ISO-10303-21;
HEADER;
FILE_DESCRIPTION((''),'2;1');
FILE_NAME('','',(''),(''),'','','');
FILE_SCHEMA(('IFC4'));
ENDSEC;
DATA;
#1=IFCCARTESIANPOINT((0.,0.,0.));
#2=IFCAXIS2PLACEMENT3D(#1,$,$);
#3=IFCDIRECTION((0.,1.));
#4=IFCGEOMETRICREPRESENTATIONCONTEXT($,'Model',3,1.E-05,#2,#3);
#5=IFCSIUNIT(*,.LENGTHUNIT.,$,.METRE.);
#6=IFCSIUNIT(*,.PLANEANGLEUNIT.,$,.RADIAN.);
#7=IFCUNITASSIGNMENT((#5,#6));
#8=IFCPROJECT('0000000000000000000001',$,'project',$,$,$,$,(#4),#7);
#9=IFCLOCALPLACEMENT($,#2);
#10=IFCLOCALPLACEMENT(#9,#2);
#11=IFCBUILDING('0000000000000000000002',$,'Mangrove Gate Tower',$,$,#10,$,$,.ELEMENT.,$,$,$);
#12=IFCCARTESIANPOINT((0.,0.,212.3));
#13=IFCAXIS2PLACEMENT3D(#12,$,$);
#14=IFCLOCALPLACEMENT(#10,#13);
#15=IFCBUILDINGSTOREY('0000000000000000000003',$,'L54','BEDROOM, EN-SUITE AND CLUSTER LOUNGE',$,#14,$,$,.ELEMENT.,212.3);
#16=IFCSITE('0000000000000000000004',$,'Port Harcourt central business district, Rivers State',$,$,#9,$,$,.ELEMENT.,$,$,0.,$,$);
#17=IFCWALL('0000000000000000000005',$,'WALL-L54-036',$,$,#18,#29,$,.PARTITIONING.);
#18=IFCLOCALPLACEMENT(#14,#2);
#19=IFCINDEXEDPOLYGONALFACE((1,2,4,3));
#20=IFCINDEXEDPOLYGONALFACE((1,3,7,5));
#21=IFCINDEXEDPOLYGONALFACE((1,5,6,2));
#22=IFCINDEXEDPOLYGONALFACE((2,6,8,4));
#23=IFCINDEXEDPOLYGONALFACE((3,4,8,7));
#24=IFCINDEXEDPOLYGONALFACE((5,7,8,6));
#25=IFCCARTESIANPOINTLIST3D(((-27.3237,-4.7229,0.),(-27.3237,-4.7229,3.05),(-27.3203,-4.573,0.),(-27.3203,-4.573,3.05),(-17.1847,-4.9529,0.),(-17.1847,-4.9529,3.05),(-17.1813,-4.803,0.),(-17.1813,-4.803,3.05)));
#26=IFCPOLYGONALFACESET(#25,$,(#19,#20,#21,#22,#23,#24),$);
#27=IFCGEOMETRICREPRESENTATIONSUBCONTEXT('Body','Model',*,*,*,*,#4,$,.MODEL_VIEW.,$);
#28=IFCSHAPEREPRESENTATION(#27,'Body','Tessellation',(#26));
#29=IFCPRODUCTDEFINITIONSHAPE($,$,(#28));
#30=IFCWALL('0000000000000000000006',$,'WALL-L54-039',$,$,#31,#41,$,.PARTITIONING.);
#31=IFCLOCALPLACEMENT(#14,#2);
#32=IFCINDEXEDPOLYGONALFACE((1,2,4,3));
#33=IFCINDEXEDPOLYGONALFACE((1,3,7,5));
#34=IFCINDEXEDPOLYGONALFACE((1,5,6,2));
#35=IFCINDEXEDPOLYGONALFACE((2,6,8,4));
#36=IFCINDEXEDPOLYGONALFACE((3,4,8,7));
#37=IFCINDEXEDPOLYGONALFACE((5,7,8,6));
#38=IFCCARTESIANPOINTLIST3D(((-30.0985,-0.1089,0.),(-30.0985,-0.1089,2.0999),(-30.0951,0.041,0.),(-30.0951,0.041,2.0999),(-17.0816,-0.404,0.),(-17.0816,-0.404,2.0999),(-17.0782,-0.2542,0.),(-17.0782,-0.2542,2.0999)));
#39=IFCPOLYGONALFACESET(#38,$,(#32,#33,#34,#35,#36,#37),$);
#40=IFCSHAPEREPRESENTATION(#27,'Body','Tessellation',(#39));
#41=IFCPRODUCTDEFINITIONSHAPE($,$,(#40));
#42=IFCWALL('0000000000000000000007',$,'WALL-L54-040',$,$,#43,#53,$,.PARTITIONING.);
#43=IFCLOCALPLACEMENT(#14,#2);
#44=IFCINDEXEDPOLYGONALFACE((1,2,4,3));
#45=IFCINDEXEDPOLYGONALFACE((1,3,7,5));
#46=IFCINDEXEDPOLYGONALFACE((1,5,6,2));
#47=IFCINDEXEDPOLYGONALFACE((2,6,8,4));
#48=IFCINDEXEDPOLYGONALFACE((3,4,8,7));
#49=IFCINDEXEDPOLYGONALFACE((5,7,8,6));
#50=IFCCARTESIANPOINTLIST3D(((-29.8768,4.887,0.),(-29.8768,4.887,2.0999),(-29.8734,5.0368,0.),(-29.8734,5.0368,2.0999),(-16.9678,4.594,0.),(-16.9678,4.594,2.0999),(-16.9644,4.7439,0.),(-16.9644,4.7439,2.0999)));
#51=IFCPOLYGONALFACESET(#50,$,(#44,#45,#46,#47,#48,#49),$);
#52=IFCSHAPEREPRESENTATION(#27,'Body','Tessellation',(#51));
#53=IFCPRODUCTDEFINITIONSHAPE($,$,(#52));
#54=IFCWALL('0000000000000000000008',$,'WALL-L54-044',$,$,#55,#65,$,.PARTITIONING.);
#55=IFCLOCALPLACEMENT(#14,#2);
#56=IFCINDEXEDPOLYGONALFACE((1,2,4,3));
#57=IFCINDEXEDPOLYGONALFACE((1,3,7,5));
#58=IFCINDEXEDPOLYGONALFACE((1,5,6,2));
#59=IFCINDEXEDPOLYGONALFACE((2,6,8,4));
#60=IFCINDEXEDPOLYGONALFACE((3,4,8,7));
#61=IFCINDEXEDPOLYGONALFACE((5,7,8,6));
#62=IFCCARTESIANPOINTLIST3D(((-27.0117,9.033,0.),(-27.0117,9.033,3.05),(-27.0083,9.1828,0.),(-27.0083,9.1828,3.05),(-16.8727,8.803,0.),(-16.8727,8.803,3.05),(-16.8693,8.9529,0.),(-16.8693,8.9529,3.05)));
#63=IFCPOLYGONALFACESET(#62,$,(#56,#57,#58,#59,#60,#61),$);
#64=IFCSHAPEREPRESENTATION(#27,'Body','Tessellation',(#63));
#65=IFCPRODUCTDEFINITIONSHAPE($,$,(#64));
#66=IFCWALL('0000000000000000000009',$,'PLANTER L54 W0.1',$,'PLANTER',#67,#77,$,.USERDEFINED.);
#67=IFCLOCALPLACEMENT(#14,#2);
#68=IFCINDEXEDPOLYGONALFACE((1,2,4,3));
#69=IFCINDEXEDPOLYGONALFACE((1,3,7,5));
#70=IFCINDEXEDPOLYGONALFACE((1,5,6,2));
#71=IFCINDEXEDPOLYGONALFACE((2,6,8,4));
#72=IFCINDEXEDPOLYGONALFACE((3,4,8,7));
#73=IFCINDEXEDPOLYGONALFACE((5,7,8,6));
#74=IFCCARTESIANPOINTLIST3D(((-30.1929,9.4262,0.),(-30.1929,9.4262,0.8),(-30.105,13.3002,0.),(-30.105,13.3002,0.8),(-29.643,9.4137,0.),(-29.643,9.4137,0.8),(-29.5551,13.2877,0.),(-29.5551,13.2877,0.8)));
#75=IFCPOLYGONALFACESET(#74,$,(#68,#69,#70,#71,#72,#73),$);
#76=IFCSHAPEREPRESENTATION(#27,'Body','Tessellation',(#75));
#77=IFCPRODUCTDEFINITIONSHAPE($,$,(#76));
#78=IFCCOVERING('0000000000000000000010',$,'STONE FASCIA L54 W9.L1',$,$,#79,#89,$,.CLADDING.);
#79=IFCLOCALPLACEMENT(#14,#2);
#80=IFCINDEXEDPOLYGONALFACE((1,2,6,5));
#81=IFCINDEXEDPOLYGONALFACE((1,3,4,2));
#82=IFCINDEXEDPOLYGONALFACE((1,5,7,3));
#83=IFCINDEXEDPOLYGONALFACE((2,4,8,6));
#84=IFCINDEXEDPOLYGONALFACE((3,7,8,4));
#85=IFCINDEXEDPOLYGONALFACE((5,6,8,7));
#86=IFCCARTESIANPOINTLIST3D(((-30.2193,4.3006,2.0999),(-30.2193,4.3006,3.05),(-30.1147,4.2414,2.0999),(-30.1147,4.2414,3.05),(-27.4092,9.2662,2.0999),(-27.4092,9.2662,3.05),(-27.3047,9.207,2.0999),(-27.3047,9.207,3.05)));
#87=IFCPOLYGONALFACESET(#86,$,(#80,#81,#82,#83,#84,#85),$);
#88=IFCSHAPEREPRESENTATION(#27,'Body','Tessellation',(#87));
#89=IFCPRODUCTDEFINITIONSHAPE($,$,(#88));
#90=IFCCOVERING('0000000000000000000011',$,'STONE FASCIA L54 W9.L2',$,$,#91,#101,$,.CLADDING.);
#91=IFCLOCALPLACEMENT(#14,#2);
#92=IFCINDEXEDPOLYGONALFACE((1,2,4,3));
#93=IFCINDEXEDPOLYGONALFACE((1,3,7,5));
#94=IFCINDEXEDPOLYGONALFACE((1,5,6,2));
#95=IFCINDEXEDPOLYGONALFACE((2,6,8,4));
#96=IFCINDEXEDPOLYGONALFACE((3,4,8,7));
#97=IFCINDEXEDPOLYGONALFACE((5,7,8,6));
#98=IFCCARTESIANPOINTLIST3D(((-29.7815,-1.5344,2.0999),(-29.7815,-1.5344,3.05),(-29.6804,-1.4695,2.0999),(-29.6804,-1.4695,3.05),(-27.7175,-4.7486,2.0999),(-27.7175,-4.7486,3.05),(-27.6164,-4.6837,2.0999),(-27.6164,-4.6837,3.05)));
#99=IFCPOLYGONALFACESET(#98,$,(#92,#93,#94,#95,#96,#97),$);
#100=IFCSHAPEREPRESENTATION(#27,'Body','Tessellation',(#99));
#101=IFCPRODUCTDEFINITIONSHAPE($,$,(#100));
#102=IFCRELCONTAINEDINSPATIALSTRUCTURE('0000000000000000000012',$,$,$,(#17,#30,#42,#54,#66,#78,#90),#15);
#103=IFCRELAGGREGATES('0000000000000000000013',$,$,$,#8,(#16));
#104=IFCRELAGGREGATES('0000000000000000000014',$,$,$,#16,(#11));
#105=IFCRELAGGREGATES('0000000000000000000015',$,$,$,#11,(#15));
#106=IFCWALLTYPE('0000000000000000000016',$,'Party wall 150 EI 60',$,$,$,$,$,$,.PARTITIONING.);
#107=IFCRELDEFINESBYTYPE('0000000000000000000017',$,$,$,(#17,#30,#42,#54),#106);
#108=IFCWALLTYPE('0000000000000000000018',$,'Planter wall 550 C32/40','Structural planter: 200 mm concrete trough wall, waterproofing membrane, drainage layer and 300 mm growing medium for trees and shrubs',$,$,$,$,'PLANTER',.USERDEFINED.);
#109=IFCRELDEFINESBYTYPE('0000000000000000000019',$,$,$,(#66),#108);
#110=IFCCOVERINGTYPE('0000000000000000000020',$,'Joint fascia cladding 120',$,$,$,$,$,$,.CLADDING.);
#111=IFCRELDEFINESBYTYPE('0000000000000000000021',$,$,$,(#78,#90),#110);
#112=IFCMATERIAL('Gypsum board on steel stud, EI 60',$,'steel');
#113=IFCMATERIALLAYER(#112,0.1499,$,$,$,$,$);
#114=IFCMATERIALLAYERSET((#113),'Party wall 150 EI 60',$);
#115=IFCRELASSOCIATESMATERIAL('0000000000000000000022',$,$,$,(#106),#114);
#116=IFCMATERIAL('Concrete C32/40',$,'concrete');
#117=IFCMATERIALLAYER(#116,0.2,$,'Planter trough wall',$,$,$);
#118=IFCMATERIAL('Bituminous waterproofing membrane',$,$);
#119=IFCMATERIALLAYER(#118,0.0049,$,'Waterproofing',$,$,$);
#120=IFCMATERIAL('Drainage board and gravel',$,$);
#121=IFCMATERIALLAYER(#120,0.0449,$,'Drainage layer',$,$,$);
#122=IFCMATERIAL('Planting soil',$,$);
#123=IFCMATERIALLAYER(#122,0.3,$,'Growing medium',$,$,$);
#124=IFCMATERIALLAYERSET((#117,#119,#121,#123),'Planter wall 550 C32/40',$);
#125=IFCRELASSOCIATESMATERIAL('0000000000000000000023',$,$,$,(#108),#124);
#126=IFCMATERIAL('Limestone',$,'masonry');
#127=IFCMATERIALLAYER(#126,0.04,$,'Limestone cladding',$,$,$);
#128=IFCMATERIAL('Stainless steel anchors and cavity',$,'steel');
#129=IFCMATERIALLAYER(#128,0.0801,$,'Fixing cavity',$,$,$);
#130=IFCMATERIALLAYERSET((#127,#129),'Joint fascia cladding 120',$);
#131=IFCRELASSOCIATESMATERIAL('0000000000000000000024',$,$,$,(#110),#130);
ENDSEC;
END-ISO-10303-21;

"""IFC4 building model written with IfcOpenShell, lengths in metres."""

from ifc_helpers import new_model, si_unit, direction, frame, frame_2d, origin, place, context, subcontext, project, spatial, rectangle, extrude, material, layer, layer_set, type_object, element, save


model = new_model("IFC4")

# Units and contexts
model_context = context("Model", 3, precision=1e-05, world=origin(), true_north=direction((0.0, 1.0)))
body_context = subcontext(model_context, "Body", "Model", "MODEL_VIEW")
ifc_project = project(units=[si_unit("LENGTHUNIT", "METRE"), si_unit("PLANEANGLEUNIT", "RADIAN")], contexts=[model_context])

# Site, building, storey
site_placement = place(None, origin())
site = spatial("IfcSite", under=ifc_project, at=site_placement, Name="Port Harcourt central business district, Rivers State", CompositionType="ELEMENT", RefElevation=0.0)
building_placement = place(site_placement, origin())
building = spatial("IfcBuilding", under=site, at=building_placement, Name="Mangrove Gate Tower", CompositionType="ELEMENT")
storey_placement = place(building_placement, frame((0.0, 0.0, 212.3)))
storey = spatial("IfcBuildingStorey", under=building, at=storey_placement, Name="L54", Description="BEDROOM, EN-SUITE AND CLUSTER LOUNGE", CompositionType="ELEMENT", Elevation=212.3)

# Shared definitions
ifc_material_1 = material(Name="Limestone", Category="masonry")

# Walls
ifc_material_2 = material(Name="Gypsum board on steel stud, EI 60", Category="steel")
ifc_layer_1 = layer(ifc_material_2, 0.1499)
ifc_layer_set_1 = layer_set([ifc_layer_1], Name="Party wall 150 EI 60")
wall_type_1 = type_object("IfcWallType", Name="Party wall 150 EI 60", PredefinedType="PARTITIONING", material=ifc_layer_set_1)
wall_1_placement = place(storey_placement, frame((-27.322, -4.6479, 0.0), z_axis=(0.0, 0.0, 1.0), x_axis=(0.999743, -0.022677, 0.0)))
element("IfcWall", 1, at=wall_1_placement, inside=storey, type_object=wall_type_1, Name="WALL-L54-036", PredefinedType="PARTITIONING", context=body_context, shape_type="SweptSolid", body=[
    extrude(rectangle(XDim=10.1416, YDim=0.1499, at=frame_2d((5.0708, 0.0))), origin(), (0.0, 0.0, 1.0), 3.05),
])
wall_2_placement = place(storey_placement, frame((-30.0969, -0.0339, 0.0), z_axis=(0.0, 0.0, 1.0), x_axis=(0.999743, -0.02267, 0.0)))
element("IfcWall", 2, at=wall_2_placement, inside=storey, type_object=wall_type_1, Name="WALL-L54-039", PredefinedType="PARTITIONING", context=body_context, shape_type="SweptSolid", body=[
    extrude(rectangle(XDim=13.0203, YDim=0.1499, at=frame_2d((6.5103, 0.0))), origin(), (0.0, 0.0, 1.0), 2.0999),
])
wall_3_placement = place(storey_placement, frame((-29.875, 4.9619, 0.0), z_axis=(0.0, 0.0, 1.0), x_axis=(0.999743, -0.022689, 0.0)))
element("IfcWall", 3, at=wall_3_placement, inside=storey, type_object=wall_type_1, Name="WALL-L54-040", PredefinedType="PARTITIONING", context=body_context, shape_type="SweptSolid", body=[
    extrude(rectangle(XDim=12.9124, YDim=0.1499, at=frame_2d((6.4561, 0.0))), origin(), (0.0, 0.0, 1.0), 2.0999),
])
wall_4_placement = place(storey_placement, frame((-27.01, 9.1079, 0.0), z_axis=(0.0, 0.0, 1.0), x_axis=(0.999743, -0.022677, 0.0)))
element("IfcWall", 4, at=wall_4_placement, inside=storey, type_object=wall_type_1, Name="WALL-L54-044", PredefinedType="PARTITIONING", context=body_context, shape_type="SweptSolid", body=[
    extrude(rectangle(XDim=10.1416, YDim=0.1499, at=frame_2d((5.0708, 0.0))), origin(), (0.0, 0.0, 1.0), 3.05),
])
ifc_material_3 = material(Name="Concrete C32/40", Category="concrete")
ifc_layer_2 = layer(ifc_material_3, 0.2, Name="Planter trough wall")
ifc_material_4 = material(Name="Bituminous waterproofing membrane")
ifc_layer_3 = layer(ifc_material_4, 0.0049, Name="Waterproofing")
ifc_material_5 = material(Name="Drainage board and gravel")
ifc_layer_4 = layer(ifc_material_5, 0.0449, Name="Drainage layer")
ifc_material_6 = material(Name="Planting soil")
ifc_layer_5 = layer(ifc_material_6, 0.3, Name="Growing medium")
ifc_layer_set_2 = layer_set([ifc_layer_2, ifc_layer_3, ifc_layer_4, ifc_layer_5], Name="Planter wall 550 C32/40")
wall_type_2 = type_object("IfcWallType", Name="Planter wall 550 C32/40", Description="Structural planter: 200 mm concrete trough wall, waterproofing membrane, drainage layer and 300 mm growing medium for trees and shrubs", ElementType="PLANTER", PredefinedType="USERDEFINED", material=ifc_layer_set_2)
wall_5_placement = place(storey_placement, frame((-29.918, 9.4199, 0.0), z_axis=(0.0, 0.0, 1.0), x_axis=(0.022681, 0.999743, 0.0)))
element("IfcWall", 5, at=wall_5_placement, inside=storey, type_object=wall_type_2, Name="PLANTER L54 W0.1", ObjectType="PLANTER", PredefinedType="USERDEFINED", context=body_context, shape_type="SweptSolid", body=[
    extrude(rectangle(XDim=3.875, YDim=0.55, at=frame_2d((1.9375, 0.0))), origin(), (0.0, 0.0, 1.0), 0.8),
])

# Coverings
ifc_layer_6 = layer(ifc_material_1, 0.04, Name="Limestone cladding")
ifc_material_7 = material(Name="Stainless steel anchors and cavity", Category="steel")
ifc_layer_7 = layer(ifc_material_7, 0.0801, Name="Fixing cavity")
ifc_layer_set_3 = layer_set([ifc_layer_6, ifc_layer_7], Name="Joint fascia cladding 120")
covering_type = type_object("IfcCoveringType", Name="Joint fascia cladding 120", PredefinedType="CLADDING", material=ifc_layer_set_3)
covering_1_placement = place(storey_placement, frame((-27.3569, 9.2366, 2.0999), z_axis=(0.0, 0.0, 1.0), x_axis=(-0.492513, -0.870305, 0.0)))
element("IfcCovering", 6, at=covering_1_placement, inside=storey, type_object=covering_type, Name="STONE FASCIA L54 W9.L1", PredefinedType="CLADDING", context=body_context, shape_type="SweptSolid", body=[
    extrude(rectangle(XDim=5.7056, YDim=0.1201, at=frame_2d((2.8528, 0.0))), origin(), (0.0, 0.0, 1.0), 0.9502),
])
covering_2_placement = place(storey_placement, frame((-29.731, -1.502, 2.0999), z_axis=(0.0, 0.0, 1.0), x_axis=(0.540341, -0.841446, 0.0)))
element("IfcCovering", 7, at=covering_2_placement, inside=storey, type_object=covering_type, Name="STONE FASCIA L54 W9.L2", PredefinedType="CLADDING", context=body_context, shape_type="SweptSolid", body=[
    extrude(rectangle(XDim=3.8198, YDim=0.1201, at=frame_2d((1.9099, 0.0))), origin(), (0.0, 0.0, 1.0), 0.9502),
])

save(model, "model.ifc")
